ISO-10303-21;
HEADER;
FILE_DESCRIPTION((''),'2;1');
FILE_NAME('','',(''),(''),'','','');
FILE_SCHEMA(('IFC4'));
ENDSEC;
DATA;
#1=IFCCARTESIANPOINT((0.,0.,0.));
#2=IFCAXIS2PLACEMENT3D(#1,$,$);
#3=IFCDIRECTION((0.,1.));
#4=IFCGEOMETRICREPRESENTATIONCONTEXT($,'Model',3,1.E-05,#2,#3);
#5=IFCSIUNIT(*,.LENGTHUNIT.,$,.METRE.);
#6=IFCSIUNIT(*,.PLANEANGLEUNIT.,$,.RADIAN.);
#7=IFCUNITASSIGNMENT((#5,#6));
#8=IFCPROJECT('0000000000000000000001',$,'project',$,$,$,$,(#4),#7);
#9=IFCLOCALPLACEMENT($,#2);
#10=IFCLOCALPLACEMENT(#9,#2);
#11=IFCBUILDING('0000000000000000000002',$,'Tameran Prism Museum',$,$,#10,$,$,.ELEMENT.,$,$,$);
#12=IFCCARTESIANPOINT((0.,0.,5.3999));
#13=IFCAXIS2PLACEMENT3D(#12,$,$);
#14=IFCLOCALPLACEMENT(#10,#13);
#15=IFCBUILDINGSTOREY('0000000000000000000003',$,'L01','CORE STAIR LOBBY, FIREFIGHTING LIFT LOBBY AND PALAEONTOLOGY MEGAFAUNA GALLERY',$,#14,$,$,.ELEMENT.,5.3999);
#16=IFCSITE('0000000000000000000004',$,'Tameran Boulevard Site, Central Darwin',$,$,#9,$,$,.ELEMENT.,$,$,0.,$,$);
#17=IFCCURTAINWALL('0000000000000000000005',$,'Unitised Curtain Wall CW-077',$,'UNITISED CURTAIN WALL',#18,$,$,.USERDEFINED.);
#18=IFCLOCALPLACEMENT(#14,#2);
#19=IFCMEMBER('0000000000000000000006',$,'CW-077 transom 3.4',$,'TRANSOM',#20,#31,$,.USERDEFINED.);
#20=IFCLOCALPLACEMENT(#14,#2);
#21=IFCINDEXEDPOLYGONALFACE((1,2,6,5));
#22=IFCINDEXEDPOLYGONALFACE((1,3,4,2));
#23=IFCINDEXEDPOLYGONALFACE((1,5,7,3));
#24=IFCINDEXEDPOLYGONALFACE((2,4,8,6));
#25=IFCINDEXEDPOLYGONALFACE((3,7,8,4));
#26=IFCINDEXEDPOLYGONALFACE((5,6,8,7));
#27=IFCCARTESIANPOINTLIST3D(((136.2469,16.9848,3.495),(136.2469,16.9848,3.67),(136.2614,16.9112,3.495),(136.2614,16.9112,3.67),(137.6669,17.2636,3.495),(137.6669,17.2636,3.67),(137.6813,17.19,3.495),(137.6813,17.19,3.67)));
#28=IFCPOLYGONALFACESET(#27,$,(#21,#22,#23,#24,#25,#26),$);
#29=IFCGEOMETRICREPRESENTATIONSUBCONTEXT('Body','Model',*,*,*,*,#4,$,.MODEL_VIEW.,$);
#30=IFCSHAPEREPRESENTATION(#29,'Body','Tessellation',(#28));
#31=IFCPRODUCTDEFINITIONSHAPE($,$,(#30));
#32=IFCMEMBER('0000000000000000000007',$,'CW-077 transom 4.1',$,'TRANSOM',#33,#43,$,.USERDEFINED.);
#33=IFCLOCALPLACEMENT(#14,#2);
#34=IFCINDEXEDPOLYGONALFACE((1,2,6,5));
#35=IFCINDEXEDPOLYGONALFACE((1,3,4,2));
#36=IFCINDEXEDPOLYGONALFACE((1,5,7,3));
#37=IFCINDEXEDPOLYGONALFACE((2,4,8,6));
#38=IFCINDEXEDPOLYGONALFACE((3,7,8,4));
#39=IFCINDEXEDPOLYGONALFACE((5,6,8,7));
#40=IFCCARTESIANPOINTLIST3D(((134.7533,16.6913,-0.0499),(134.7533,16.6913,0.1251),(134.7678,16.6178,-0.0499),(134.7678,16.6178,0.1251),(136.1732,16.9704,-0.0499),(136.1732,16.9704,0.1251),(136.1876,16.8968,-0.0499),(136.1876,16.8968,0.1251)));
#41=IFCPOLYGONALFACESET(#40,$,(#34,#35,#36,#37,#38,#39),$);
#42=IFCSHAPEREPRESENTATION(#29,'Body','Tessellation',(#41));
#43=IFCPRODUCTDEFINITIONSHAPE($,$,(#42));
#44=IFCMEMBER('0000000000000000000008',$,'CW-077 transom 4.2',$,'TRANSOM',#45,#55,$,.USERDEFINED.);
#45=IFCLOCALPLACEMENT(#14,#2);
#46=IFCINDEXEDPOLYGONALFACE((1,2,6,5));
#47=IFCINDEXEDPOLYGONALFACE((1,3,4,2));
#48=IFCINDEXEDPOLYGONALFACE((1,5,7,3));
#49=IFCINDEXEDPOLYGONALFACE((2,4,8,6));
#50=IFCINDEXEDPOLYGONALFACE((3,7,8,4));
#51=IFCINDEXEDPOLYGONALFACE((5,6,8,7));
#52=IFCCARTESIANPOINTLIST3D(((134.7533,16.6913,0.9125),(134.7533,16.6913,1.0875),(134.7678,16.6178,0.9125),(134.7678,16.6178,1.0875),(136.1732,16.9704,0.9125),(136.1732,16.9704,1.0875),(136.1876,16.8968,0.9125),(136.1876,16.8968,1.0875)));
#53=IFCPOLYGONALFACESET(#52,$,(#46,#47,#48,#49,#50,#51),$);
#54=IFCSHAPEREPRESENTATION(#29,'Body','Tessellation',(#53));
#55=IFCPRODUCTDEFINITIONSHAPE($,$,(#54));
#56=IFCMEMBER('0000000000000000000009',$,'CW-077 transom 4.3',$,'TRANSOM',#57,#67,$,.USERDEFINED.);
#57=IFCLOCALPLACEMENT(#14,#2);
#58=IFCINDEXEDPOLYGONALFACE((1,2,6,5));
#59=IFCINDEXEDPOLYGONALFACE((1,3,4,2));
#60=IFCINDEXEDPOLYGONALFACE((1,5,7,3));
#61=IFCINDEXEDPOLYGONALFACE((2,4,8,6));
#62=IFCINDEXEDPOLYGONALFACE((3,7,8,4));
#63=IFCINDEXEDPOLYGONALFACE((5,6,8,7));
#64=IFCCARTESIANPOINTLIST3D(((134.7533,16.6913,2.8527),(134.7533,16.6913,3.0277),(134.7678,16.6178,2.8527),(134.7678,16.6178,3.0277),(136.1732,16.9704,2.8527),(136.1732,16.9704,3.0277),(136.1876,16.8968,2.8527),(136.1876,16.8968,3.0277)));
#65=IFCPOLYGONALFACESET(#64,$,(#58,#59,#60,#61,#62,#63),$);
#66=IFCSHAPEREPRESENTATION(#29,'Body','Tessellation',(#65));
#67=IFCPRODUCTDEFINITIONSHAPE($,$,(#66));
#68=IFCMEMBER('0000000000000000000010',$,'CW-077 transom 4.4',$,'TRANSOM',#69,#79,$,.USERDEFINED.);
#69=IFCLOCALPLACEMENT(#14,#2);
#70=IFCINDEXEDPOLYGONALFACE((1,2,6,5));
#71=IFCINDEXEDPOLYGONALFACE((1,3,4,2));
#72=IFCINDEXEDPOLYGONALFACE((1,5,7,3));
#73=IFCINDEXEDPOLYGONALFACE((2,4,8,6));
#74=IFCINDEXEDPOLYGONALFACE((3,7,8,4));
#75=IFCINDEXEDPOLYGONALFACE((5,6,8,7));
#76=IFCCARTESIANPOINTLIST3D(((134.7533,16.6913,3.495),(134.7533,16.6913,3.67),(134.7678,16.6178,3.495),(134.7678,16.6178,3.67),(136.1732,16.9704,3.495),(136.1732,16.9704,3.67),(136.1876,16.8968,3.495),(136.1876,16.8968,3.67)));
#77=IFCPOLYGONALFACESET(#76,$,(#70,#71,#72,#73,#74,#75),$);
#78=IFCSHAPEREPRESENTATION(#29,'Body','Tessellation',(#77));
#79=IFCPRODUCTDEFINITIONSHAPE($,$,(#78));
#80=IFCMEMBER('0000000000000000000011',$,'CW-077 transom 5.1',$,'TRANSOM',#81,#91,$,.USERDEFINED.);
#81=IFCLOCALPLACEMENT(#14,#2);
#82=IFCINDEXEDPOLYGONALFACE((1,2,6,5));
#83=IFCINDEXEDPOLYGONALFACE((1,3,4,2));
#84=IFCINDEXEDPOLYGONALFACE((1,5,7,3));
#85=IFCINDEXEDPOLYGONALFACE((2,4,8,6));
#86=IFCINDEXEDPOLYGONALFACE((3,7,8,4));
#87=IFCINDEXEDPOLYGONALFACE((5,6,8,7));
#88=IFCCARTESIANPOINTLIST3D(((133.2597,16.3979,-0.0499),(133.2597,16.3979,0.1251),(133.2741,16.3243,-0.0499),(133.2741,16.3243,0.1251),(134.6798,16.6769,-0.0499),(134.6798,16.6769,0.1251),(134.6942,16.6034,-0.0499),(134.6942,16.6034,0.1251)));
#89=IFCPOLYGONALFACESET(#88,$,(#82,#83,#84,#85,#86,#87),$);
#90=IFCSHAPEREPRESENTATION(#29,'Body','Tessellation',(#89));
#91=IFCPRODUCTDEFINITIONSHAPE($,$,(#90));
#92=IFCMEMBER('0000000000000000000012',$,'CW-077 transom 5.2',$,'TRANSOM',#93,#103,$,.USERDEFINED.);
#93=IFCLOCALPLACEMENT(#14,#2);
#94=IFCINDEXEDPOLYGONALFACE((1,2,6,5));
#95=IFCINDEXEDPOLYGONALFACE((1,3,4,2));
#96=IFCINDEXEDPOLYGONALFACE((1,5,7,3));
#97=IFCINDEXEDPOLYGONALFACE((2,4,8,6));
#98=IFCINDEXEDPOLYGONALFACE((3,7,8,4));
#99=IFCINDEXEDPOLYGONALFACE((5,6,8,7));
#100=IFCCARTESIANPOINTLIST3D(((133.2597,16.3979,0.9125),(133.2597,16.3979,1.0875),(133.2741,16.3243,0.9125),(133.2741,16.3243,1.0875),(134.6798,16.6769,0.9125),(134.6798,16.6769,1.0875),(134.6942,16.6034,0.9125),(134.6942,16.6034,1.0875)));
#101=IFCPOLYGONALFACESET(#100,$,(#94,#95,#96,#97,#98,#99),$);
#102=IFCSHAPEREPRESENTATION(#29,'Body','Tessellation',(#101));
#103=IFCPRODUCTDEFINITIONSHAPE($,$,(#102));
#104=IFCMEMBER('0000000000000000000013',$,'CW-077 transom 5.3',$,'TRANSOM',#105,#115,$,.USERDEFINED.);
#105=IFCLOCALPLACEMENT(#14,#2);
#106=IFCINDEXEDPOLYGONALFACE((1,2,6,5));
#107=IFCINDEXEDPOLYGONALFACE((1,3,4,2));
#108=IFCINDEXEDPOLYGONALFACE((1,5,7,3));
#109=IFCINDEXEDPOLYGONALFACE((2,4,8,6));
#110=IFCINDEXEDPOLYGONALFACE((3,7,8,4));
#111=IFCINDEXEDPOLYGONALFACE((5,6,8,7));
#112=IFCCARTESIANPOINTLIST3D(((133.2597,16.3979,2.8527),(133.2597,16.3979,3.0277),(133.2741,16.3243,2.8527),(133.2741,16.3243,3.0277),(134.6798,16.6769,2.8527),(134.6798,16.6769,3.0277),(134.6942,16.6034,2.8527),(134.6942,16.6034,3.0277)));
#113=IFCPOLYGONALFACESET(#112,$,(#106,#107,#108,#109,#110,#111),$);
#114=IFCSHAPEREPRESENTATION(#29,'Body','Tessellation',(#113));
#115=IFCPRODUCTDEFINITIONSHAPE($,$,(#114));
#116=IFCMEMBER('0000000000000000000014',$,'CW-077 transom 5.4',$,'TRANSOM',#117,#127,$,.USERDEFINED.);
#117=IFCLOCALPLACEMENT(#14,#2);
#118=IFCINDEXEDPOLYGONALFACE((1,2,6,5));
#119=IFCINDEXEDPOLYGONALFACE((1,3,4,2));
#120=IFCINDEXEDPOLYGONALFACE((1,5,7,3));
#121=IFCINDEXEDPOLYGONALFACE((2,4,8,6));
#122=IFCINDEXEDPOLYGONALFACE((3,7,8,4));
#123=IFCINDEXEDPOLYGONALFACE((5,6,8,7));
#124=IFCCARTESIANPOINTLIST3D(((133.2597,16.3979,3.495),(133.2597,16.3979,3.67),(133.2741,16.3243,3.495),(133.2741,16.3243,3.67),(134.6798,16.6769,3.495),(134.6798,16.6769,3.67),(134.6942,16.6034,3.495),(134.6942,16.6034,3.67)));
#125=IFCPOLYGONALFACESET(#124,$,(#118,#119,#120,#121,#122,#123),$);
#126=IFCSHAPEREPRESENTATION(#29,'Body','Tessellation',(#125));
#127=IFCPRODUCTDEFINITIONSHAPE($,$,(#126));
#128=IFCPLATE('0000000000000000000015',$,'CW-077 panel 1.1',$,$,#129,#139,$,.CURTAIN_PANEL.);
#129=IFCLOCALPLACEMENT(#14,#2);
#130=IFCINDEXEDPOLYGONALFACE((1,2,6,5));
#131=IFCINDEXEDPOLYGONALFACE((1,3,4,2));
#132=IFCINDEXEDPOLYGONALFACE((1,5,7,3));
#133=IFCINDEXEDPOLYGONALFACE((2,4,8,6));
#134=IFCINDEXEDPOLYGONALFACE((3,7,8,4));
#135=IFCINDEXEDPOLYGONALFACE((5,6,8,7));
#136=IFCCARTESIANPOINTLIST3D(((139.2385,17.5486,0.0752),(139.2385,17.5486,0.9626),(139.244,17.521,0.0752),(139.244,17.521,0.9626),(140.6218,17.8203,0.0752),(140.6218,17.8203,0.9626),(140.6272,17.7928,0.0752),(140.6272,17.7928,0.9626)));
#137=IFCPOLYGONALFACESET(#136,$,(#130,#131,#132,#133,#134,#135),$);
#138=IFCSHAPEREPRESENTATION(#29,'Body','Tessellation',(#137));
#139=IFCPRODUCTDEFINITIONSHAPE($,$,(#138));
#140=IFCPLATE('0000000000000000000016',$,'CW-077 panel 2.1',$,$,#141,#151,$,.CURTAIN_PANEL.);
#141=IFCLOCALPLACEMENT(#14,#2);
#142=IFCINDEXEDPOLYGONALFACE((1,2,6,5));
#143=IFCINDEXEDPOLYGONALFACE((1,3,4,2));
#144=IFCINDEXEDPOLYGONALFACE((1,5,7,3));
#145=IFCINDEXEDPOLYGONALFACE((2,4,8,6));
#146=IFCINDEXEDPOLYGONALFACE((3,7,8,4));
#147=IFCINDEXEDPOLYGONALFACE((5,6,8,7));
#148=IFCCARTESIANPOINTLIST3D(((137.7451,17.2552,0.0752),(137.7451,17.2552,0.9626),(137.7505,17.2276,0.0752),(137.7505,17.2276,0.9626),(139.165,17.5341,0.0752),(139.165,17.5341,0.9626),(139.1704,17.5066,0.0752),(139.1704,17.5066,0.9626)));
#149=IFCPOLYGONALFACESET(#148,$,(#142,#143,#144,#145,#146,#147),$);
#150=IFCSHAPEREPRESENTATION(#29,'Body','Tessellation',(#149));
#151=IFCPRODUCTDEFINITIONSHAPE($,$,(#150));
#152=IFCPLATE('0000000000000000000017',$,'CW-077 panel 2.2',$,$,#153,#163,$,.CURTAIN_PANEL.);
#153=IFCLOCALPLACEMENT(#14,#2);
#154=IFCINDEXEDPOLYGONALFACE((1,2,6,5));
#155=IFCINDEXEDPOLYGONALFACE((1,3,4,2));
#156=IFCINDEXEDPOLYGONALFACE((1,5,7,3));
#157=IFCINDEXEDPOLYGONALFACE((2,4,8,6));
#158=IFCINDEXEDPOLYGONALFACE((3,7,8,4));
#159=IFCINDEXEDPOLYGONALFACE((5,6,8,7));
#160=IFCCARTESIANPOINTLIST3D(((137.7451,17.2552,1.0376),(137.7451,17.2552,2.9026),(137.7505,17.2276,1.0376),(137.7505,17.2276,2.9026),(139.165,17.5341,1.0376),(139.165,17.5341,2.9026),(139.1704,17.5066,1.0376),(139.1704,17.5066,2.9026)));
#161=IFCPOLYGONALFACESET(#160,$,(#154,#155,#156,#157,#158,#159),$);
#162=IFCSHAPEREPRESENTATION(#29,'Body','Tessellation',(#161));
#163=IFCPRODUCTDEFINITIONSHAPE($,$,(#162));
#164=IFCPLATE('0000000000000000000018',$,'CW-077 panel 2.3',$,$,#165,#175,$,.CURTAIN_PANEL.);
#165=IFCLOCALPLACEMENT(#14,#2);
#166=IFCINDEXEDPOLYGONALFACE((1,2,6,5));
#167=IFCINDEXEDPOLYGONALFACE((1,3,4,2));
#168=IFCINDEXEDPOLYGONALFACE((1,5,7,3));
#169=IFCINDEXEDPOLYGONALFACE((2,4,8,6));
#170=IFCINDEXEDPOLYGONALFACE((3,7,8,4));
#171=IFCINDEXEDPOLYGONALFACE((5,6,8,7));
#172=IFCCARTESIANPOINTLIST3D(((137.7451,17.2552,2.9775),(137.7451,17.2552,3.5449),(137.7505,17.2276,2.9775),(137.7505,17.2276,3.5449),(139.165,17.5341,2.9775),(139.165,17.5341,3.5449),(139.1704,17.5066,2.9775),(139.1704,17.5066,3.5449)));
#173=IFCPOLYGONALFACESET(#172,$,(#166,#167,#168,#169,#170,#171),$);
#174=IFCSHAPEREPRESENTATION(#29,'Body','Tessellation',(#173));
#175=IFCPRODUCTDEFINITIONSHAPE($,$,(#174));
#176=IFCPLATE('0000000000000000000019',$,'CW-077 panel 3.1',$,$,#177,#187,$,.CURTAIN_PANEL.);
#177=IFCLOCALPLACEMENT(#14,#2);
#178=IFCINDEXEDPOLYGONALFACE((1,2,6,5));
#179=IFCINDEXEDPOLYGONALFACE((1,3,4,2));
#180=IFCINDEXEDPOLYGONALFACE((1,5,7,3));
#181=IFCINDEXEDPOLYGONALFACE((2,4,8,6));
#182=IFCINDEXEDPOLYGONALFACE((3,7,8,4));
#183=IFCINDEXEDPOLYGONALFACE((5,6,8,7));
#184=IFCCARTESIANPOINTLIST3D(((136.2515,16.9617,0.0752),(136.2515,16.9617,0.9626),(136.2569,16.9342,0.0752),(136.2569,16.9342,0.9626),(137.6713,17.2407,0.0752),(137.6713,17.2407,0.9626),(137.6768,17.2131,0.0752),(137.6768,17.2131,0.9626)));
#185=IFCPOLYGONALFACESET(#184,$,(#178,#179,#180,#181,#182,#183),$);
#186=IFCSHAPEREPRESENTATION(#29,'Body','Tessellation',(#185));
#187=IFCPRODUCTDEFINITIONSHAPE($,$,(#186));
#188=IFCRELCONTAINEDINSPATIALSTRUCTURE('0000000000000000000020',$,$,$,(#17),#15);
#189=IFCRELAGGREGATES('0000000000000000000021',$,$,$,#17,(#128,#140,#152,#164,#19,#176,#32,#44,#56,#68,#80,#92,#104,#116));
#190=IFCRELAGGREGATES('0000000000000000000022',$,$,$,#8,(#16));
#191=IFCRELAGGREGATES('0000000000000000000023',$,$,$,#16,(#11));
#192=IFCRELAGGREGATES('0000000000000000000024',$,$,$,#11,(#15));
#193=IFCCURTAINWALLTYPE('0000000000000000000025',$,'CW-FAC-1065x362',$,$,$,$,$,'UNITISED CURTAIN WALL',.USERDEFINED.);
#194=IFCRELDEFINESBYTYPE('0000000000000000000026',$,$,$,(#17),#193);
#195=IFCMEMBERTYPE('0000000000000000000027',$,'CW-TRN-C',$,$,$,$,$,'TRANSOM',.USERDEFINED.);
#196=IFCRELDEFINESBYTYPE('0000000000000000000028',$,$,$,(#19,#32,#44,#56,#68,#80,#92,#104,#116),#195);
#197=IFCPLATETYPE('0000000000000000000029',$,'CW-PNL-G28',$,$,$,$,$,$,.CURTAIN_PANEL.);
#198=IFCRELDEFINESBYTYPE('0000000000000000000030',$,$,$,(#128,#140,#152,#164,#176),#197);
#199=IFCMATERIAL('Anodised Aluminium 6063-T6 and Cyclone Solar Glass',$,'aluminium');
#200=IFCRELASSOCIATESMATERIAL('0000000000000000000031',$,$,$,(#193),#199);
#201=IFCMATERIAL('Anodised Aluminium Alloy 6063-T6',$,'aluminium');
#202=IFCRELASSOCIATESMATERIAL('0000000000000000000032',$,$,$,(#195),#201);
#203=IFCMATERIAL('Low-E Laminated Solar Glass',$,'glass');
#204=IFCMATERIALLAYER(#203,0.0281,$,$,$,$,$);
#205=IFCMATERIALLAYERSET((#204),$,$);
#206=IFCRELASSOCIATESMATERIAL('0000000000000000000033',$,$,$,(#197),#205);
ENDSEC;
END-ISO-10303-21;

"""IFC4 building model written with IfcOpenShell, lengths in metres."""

from ifc_helpers import new_model, si_unit, direction, frame, origin, origin_2d, place, context, subcontext, project, spatial, rectangle, extrude, material, layer, layer_set, material_profile, profile_set, type_object, element, aggregate, save


model = new_model("IFC4")

# Units and contexts
model_context = context("Model", 3, precision=1e-05, world=origin(), true_north=direction((0.0, 1.0)))
body_context = subcontext(model_context, "Body", "Model", "MODEL_VIEW")
ifc_project = project(units=[si_unit("LENGTHUNIT", "METRE"), si_unit("PLANEANGLEUNIT", "RADIAN")], contexts=[model_context])

# Site, building, storey
site_placement = place(None, origin())
site = spatial("IfcSite", under=ifc_project, at=site_placement, Name="Tameran Boulevard Site, Central Darwin", CompositionType="ELEMENT", RefElevation=0.0)
building_placement = place(site_placement, origin())
building = spatial("IfcBuilding", under=site, at=building_placement, Name="Tameran Prism Museum", CompositionType="ELEMENT")
storey_placement = place(building_placement, frame((0.0, 0.0, 5.3999)))
storey = spatial("IfcBuildingStorey", under=building, at=storey_placement, Name="L01", Description="CORE STAIR LOBBY, FIREFIGHTING LIFT LOBBY AND PALAEONTOLOGY MEGAFAUNA GALLERY", CompositionType="ELEMENT", Elevation=5.3999)

# Curtain wall, members, plates
ifc_material_1 = material(Name="Anodised Aluminium 6063-T6 and Cyclone Solar Glass", Category="aluminium")
curtain_wall_type = type_object("IfcCurtainWallType", Name="CW-FAC-1065x362", ElementType="UNITISED CURTAIN WALL", PredefinedType="USERDEFINED", material=ifc_material_1)
curtain_wall_placement = place(storey_placement, origin())
curtain_wall = element("IfcCurtainWall", 1, at=curtain_wall_placement, inside=storey, type_object=curtain_wall_type, Name="Unitised Curtain Wall CW-077", ObjectType="UNITISED CURTAIN WALL", PredefinedType="USERDEFINED")
ifc_material_2 = material(Name="Anodised Aluminium Alloy 6063-T6", Category="aluminium")
ifc_material_profile_1 = material_profile(ifc_material_2, rectangle(XDim=0.075, YDim=0.175, at=origin_2d()))
ifc_profile_set_1 = profile_set([ifc_material_profile_1])
member_type_1 = type_object("IfcMemberType", Name="CW-TRN-C", ElementType="TRANSOM", PredefinedType="USERDEFINED", material=ifc_profile_set_1)
member_1_placement = place(storey_placement, frame((137.6741, 17.2268, 3.5825), z_axis=(-0.981262, -0.192676, 0.0), x_axis=(0.192676, -0.981262, 0.0)))
member_1 = element("IfcMember", 2, at=member_1_placement, type_object=member_type_1, Name="CW-077 transom 3.4", ObjectType="TRANSOM", PredefinedType="USERDEFINED", context=body_context, shape_type="SweptSolid", body=[
    extrude(rectangle(XDim=0.075, YDim=0.175, at=origin_2d()), origin(), (0.0, 0.0, 1.0), 1.447),
])
member_2_placement = place(storey_placement, frame((136.1804, 16.9336, 0.0376), z_axis=(-0.981231, -0.192838, 0.0), x_axis=(0.192838, -0.981231, 0.0)))
member_2 = element("IfcMember", 3, at=member_2_placement, type_object=member_type_1, Name="CW-077 transom 4.1", ObjectType="TRANSOM", PredefinedType="USERDEFINED", context=body_context, shape_type="SweptSolid", body=[
    extrude(rectangle(XDim=0.075, YDim=0.175, at=origin_2d()), origin(), (0.0, 0.0, 1.0), 1.447),
])
member_3_placement = place(storey_placement, frame((136.1804, 16.9336, 1.0), z_axis=(-0.981231, -0.192838, 0.0), x_axis=(0.192838, -0.981231, 0.0)))
member_3 = element("IfcMember", 4, at=member_3_placement, type_object=member_type_1, Name="CW-077 transom 4.2", ObjectType="TRANSOM", PredefinedType="USERDEFINED", context=body_context, shape_type="SweptSolid", body=[
    extrude(rectangle(XDim=0.075, YDim=0.175, at=origin_2d()), origin(), (0.0, 0.0, 1.0), 1.447),
])
member_4_placement = place(storey_placement, frame((136.1804, 16.9336, 2.9402), z_axis=(-0.981231, -0.192838, 0.0), x_axis=(0.192838, -0.981231, 0.0)))
member_4 = element("IfcMember", 5, at=member_4_placement, type_object=member_type_1, Name="CW-077 transom 4.3", ObjectType="TRANSOM", PredefinedType="USERDEFINED", context=body_context, shape_type="SweptSolid", body=[
    extrude(rectangle(XDim=0.075, YDim=0.175, at=origin_2d()), origin(), (0.0, 0.0, 1.0), 1.447),
])
member_5_placement = place(storey_placement, frame((136.1804, 16.9336, 3.5825), z_axis=(-0.981231, -0.192838, 0.0), x_axis=(0.192838, -0.981231, 0.0)))
member_5 = element("IfcMember", 6, at=member_5_placement, type_object=member_type_1, Name="CW-077 transom 4.4", ObjectType="TRANSOM", PredefinedType="USERDEFINED", context=body_context, shape_type="SweptSolid", body=[
    extrude(rectangle(XDim=0.075, YDim=0.175, at=origin_2d()), origin(), (0.0, 0.0, 1.0), 1.447),
])
member_6_placement = place(storey_placement, frame((134.687, 16.6401, 0.0376), z_axis=(-0.981237, -0.192806, 0.0), x_axis=(0.192806, -0.981237, 0.0)))
member_6 = element("IfcMember", 7, at=member_6_placement, type_object=member_type_1, Name="CW-077 transom 5.1", ObjectType="TRANSOM", PredefinedType="USERDEFINED", context=body_context, shape_type="SweptSolid", body=[
    extrude(rectangle(XDim=0.075, YDim=0.175, at=origin_2d()), origin(), (0.0, 0.0, 1.0), 1.4473),
])
member_7_placement = place(storey_placement, frame((134.687, 16.6401, 1.0), z_axis=(-0.981237, -0.192806, 0.0), x_axis=(0.192806, -0.981237, 0.0)))
member_7 = element("IfcMember", 8, at=member_7_placement, type_object=member_type_1, Name="CW-077 transom 5.2", ObjectType="TRANSOM", PredefinedType="USERDEFINED", context=body_context, shape_type="SweptSolid", body=[
    extrude(rectangle(XDim=0.075, YDim=0.175, at=origin_2d()), origin(), (0.0, 0.0, 1.0), 1.4473),
])
member_8_placement = place(storey_placement, frame((134.687, 16.6401, 2.9402), z_axis=(-0.981237, -0.192806, 0.0), x_axis=(0.192806, -0.981237, 0.0)))
member_8 = element("IfcMember", 9, at=member_8_placement, type_object=member_type_1, Name="CW-077 transom 5.3", ObjectType="TRANSOM", PredefinedType="USERDEFINED", context=body_context, shape_type="SweptSolid", body=[
    extrude(rectangle(XDim=0.075, YDim=0.175, at=origin_2d()), origin(), (0.0, 0.0, 1.0), 1.4473),
])
member_9_placement = place(storey_placement, frame((134.687, 16.6401, 3.5825), z_axis=(-0.981237, -0.192806, 0.0), x_axis=(0.192806, -0.981237, 0.0)))
member_9 = element("IfcMember", 10, at=member_9_placement, type_object=member_type_1, Name="CW-077 transom 5.4", ObjectType="TRANSOM", PredefinedType="USERDEFINED", context=body_context, shape_type="SweptSolid", body=[
    extrude(rectangle(XDim=0.075, YDim=0.175, at=origin_2d()), origin(), (0.0, 0.0, 1.0), 1.4473),
])
ifc_material_3 = material(Name="Low-E Laminated Solar Glass", Category="glass")
ifc_layer_1 = layer(ifc_material_3, 0.0281)
ifc_layer_set_1 = layer_set([ifc_layer_1])
plate_type = type_object("IfcPlateType", Name="CW-PNL-G28", PredefinedType="CURTAIN_PANEL", material=ifc_layer_set_1)
plate_1_placement = place(storey_placement, frame((139.9329, 17.6707, 0.0752), z_axis=(0.0, 0.0, 1.0), x_axis=(-0.981243, -0.192776, 0.0)))
plate_1 = element("IfcPlate", 11, at=plate_1_placement, type_object=plate_type, Name="CW-077 panel 1.1", PredefinedType="CURTAIN_PANEL", context=body_context, shape_type="SweptSolid", body=[
    extrude(rectangle(XDim=1.4097, YDim=0.0281, at=origin_2d()), origin(), (0.0, 0.0, 1.0), 0.8875),
])
plate_2_placement = place(storey_placement, frame((138.4578, 17.3809, 0.0752), z_axis=(0.0, 0.0, 1.0), x_axis=(-0.981243, -0.192776, 0.0)))
plate_2 = element("IfcPlate", 12, at=plate_2_placement, type_object=plate_type, Name="CW-077 panel 2.1", PredefinedType="CURTAIN_PANEL", context=body_context, shape_type="SweptSolid", body=[
    extrude(rectangle(XDim=1.447, YDim=0.0281, at=origin_2d()), origin(), (0.0, 0.0, 1.0), 0.8875),
])
plate_3_placement = place(storey_placement, frame((138.4578, 17.3809, 1.0376), z_axis=(0.0, 0.0, 1.0), x_axis=(-0.981243, -0.192776, 0.0)))
plate_3 = element("IfcPlate", 13, at=plate_3_placement, type_object=plate_type, Name="CW-077 panel 2.2", PredefinedType="CURTAIN_PANEL", context=body_context, shape_type="SweptSolid", body=[
    extrude(rectangle(XDim=1.447, YDim=0.0281, at=origin_2d()), origin(), (0.0, 0.0, 1.0), 1.865),
])
plate_4_placement = place(storey_placement, frame((138.4578, 17.3809, 2.9775), z_axis=(0.0, 0.0, 1.0), x_axis=(-0.981243, -0.192776, 0.0)))
plate_4 = element("IfcPlate", 14, at=plate_4_placement, type_object=plate_type, Name="CW-077 panel 2.3", PredefinedType="CURTAIN_PANEL", context=body_context, shape_type="SweptSolid", body=[
    extrude(rectangle(XDim=1.447, YDim=0.0281, at=origin_2d()), origin(), (0.0, 0.0, 1.0), 0.5674),
])
plate_5_placement = place(storey_placement, frame((136.9641, 17.0874, 0.0752), z_axis=(0.0, 0.0, 1.0), x_axis=(-0.981243, -0.192776, 0.0)))
plate_5 = element("IfcPlate", 15, at=plate_5_placement, type_object=plate_type, Name="CW-077 panel 3.1", PredefinedType="CURTAIN_PANEL", context=body_context, shape_type="SweptSolid", body=[
    extrude(rectangle(XDim=1.447, YDim=0.0281, at=origin_2d()), origin(), (0.0, 0.0, 1.0), 0.8875),
])
aggregate(curtain_wall, [plate_1, plate_2, plate_3, plate_4, member_1, plate_5, member_2, member_3, member_4, member_5, member_6, member_7, member_8, member_9])

save(model, "model.ifc")
